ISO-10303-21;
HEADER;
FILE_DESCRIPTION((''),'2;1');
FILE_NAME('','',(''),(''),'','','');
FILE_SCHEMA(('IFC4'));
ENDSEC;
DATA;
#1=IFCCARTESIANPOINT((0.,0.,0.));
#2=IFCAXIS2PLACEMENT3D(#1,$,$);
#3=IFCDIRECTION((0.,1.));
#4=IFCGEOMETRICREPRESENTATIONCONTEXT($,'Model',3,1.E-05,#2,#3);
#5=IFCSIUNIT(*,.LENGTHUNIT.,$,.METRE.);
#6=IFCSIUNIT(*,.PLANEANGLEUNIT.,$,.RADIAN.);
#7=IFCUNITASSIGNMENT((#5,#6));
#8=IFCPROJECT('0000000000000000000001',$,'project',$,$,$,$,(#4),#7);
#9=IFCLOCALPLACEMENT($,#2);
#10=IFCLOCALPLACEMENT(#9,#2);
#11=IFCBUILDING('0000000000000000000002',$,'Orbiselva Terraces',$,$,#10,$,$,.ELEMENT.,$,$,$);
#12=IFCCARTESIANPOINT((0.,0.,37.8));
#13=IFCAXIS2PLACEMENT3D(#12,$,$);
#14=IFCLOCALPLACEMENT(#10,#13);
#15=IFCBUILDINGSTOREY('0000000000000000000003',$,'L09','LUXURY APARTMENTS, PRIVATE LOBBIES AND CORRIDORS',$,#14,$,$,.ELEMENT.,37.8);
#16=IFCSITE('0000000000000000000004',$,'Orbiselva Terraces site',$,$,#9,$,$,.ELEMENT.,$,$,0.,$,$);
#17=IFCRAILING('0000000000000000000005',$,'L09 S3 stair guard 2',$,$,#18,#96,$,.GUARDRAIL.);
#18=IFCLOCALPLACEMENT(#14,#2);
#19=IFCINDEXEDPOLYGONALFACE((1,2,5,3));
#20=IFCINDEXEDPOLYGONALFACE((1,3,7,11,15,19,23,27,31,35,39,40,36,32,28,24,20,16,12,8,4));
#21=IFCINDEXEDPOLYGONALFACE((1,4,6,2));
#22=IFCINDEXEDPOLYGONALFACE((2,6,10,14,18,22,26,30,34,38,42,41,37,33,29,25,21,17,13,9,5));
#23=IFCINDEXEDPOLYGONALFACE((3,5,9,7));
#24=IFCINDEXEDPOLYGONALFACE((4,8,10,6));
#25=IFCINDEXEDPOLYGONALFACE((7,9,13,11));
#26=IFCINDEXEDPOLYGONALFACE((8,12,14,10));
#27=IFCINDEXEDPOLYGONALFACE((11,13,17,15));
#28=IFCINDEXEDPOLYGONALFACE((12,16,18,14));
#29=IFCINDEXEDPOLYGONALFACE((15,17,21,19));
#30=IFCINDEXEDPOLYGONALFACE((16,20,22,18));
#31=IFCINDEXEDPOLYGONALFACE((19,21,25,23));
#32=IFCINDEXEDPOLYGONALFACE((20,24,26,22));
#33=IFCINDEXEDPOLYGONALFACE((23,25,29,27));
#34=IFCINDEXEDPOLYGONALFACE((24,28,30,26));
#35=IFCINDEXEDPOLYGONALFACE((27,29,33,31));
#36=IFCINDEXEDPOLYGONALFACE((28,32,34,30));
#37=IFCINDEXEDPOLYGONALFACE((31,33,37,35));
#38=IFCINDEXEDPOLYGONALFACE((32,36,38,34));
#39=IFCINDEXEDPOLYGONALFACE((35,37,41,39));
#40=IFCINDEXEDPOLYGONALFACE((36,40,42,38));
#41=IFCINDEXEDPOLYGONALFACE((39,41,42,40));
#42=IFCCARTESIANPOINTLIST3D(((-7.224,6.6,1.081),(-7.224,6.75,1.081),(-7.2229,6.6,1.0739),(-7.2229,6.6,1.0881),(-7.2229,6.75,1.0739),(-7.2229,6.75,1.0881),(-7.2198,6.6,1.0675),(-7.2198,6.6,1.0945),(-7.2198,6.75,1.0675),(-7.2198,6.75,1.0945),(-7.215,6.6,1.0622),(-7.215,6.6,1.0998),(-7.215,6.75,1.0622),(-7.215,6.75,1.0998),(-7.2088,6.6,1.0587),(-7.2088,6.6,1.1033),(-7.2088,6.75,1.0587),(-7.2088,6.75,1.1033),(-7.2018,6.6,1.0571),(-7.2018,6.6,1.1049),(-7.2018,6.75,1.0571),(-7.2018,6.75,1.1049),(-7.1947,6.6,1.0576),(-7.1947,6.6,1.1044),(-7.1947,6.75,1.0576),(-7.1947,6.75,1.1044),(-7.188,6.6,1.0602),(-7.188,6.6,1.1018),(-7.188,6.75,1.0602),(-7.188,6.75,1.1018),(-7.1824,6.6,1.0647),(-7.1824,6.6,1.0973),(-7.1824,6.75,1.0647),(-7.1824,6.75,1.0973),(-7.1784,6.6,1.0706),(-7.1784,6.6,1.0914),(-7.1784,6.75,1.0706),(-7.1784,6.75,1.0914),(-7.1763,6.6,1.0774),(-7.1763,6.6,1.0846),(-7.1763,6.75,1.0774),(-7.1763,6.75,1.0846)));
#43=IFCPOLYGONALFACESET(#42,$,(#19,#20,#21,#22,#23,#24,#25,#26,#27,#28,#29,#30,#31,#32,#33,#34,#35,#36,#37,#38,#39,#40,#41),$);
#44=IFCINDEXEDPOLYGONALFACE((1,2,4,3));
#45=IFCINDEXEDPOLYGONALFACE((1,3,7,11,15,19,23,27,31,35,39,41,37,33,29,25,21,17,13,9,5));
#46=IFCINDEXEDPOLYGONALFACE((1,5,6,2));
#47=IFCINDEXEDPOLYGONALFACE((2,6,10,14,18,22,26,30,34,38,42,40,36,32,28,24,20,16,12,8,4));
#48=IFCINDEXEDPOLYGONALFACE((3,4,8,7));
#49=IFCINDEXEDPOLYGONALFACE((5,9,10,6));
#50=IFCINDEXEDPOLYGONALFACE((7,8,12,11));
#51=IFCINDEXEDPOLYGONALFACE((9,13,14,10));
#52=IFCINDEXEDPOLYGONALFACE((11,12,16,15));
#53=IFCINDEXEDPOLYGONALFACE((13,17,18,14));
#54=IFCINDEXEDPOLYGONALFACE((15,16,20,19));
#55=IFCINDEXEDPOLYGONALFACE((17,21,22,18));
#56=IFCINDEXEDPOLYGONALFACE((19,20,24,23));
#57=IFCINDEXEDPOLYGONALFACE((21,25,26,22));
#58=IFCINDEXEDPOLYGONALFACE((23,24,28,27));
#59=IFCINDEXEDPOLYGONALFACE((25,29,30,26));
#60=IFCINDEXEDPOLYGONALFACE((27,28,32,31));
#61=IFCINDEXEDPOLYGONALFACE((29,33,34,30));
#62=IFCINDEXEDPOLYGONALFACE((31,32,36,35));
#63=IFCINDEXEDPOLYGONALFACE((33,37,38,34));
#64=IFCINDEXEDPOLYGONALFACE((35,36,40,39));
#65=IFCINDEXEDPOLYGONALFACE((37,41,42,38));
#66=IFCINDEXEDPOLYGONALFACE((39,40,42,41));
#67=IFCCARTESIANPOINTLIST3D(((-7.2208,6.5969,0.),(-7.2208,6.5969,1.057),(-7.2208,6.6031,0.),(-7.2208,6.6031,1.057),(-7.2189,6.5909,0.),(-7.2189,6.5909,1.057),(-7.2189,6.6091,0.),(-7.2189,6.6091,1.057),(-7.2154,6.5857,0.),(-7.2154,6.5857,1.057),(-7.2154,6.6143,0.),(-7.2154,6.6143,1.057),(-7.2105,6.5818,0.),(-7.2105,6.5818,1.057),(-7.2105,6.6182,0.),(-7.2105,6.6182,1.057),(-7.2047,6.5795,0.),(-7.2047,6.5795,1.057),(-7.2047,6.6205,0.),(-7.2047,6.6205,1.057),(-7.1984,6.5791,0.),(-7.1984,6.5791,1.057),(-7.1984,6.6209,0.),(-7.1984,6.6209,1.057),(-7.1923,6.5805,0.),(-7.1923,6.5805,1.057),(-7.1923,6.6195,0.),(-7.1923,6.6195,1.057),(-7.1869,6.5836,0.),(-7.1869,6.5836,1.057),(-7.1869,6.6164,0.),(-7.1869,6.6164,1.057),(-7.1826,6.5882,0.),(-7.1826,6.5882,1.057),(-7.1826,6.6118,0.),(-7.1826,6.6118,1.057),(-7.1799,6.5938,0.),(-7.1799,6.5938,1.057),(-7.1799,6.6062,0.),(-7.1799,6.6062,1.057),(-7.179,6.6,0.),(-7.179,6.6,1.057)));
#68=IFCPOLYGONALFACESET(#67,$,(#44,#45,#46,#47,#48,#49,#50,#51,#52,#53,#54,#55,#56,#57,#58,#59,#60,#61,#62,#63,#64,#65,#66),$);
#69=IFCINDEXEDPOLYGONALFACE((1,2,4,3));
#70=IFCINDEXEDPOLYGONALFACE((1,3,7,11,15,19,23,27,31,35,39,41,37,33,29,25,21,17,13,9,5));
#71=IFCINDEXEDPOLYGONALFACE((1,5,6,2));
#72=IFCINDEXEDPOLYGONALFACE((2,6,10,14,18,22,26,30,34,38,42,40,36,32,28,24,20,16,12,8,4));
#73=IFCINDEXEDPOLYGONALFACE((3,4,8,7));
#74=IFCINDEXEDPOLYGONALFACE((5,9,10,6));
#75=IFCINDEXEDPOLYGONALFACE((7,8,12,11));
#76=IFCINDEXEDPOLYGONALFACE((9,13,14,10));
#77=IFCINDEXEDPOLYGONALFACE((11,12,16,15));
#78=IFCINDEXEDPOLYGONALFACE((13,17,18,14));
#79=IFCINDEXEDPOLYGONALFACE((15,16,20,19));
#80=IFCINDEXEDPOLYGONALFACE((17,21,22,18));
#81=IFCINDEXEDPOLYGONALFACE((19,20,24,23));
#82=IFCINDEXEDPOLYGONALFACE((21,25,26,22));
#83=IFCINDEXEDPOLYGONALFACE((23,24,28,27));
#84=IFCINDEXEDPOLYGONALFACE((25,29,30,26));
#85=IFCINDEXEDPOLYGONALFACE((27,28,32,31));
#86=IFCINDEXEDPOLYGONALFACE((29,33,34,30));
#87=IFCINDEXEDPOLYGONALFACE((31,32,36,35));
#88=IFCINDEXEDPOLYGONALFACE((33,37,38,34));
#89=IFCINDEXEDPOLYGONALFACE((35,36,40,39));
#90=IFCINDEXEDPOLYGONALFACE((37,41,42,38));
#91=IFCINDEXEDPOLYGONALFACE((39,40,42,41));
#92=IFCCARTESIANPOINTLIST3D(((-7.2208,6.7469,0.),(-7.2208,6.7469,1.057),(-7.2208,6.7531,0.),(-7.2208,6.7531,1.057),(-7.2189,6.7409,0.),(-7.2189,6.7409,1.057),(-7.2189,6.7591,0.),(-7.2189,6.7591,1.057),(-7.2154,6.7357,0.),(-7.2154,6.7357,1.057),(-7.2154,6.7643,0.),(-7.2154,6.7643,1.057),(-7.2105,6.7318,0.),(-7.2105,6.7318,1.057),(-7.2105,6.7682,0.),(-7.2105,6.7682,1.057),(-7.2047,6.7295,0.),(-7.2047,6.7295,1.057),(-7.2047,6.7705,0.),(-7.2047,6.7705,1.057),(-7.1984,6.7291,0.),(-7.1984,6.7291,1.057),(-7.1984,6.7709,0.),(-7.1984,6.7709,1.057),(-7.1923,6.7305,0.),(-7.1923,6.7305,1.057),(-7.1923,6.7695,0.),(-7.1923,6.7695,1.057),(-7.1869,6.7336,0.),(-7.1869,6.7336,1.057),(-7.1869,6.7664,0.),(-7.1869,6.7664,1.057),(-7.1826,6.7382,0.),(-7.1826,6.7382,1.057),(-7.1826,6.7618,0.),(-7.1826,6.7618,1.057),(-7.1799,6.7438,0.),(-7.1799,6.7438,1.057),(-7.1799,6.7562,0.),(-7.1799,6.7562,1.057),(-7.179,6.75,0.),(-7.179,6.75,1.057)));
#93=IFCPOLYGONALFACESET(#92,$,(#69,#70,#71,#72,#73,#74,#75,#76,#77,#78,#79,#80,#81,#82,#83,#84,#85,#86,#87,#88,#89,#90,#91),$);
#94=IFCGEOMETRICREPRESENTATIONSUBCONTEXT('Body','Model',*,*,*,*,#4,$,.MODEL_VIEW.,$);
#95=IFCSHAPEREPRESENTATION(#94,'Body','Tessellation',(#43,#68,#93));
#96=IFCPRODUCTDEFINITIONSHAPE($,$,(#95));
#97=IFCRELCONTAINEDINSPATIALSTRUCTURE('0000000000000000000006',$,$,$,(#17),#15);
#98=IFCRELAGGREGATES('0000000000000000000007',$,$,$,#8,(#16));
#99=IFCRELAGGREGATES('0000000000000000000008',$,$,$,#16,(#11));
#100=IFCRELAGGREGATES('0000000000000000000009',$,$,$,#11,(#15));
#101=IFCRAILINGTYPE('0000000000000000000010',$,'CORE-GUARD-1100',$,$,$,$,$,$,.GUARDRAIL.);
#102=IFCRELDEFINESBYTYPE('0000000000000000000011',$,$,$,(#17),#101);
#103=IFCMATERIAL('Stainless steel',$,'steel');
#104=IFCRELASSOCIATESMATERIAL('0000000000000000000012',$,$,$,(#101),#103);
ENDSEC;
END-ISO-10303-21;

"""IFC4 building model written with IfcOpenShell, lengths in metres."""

from ifc_helpers import new_model, si_unit, direction, frame, origin, origin_2d, place, context, subcontext, project, spatial, circle, extrude, material, type_object, element, save


model = new_model("IFC4")

# Units and contexts
model_context = context("Model", 3, precision=1e-05, world=origin(), true_north=direction((0.0, 1.0)))
body_context = subcontext(model_context, "Body", "Model", "MODEL_VIEW")
ifc_project = project(units=[si_unit("LENGTHUNIT", "METRE"), si_unit("PLANEANGLEUNIT", "RADIAN")], contexts=[model_context])

# Site, building, storey
site_placement = place(None, origin())
site = spatial("IfcSite", under=ifc_project, at=site_placement, Name="Orbiselva Terraces site", CompositionType="ELEMENT", RefElevation=0.0)
building_placement = place(site_placement, origin())
building = spatial("IfcBuilding", under=site, at=building_placement, Name="Orbiselva Terraces", CompositionType="ELEMENT")
storey_placement = place(building_placement, frame((0.0, 0.0, 37.8)))
storey = spatial("IfcBuildingStorey", under=building, at=storey_placement, Name="L09", Description="LUXURY APARTMENTS, PRIVATE LOBBIES AND CORRIDORS", CompositionType="ELEMENT", Elevation=37.8)

# Railing
ifc_material_1 = material(Name="Stainless steel", Category="steel")
railing_type_1 = type_object("IfcRailingType", Name="CORE-GUARD-1100", PredefinedType="GUARDRAIL", material=ifc_material_1)
railing_1_placement = place(storey_placement, frame((-7.2, 6.6, 0.0)))
element("IfcRailing", 1, at=railing_1_placement, inside=storey, type_object=railing_type_1, Name="L09 S3 stair guard 2", PredefinedType="GUARDRAIL", context=body_context, shape_type="SweptSolid", body=[
    extrude(circle(Radius=0.024, at=origin_2d()), frame((0.0, 0.0, 1.081), z_axis=(0.0, 1.0, 0.0), x_axis=(-1.0, 0.0, 0.0)), (0.0, 0.0, 1.0), 0.15),
    extrude(circle(Radius=0.021, at=origin_2d()), origin(), (0.0, 0.0, 1.0), 1.057),
    extrude(circle(Radius=0.021, at=origin_2d()), frame((0.0, 0.15, 0.0)), (0.0, 0.0, 1.0), 1.057),
])

save(model, "model.ifc")
